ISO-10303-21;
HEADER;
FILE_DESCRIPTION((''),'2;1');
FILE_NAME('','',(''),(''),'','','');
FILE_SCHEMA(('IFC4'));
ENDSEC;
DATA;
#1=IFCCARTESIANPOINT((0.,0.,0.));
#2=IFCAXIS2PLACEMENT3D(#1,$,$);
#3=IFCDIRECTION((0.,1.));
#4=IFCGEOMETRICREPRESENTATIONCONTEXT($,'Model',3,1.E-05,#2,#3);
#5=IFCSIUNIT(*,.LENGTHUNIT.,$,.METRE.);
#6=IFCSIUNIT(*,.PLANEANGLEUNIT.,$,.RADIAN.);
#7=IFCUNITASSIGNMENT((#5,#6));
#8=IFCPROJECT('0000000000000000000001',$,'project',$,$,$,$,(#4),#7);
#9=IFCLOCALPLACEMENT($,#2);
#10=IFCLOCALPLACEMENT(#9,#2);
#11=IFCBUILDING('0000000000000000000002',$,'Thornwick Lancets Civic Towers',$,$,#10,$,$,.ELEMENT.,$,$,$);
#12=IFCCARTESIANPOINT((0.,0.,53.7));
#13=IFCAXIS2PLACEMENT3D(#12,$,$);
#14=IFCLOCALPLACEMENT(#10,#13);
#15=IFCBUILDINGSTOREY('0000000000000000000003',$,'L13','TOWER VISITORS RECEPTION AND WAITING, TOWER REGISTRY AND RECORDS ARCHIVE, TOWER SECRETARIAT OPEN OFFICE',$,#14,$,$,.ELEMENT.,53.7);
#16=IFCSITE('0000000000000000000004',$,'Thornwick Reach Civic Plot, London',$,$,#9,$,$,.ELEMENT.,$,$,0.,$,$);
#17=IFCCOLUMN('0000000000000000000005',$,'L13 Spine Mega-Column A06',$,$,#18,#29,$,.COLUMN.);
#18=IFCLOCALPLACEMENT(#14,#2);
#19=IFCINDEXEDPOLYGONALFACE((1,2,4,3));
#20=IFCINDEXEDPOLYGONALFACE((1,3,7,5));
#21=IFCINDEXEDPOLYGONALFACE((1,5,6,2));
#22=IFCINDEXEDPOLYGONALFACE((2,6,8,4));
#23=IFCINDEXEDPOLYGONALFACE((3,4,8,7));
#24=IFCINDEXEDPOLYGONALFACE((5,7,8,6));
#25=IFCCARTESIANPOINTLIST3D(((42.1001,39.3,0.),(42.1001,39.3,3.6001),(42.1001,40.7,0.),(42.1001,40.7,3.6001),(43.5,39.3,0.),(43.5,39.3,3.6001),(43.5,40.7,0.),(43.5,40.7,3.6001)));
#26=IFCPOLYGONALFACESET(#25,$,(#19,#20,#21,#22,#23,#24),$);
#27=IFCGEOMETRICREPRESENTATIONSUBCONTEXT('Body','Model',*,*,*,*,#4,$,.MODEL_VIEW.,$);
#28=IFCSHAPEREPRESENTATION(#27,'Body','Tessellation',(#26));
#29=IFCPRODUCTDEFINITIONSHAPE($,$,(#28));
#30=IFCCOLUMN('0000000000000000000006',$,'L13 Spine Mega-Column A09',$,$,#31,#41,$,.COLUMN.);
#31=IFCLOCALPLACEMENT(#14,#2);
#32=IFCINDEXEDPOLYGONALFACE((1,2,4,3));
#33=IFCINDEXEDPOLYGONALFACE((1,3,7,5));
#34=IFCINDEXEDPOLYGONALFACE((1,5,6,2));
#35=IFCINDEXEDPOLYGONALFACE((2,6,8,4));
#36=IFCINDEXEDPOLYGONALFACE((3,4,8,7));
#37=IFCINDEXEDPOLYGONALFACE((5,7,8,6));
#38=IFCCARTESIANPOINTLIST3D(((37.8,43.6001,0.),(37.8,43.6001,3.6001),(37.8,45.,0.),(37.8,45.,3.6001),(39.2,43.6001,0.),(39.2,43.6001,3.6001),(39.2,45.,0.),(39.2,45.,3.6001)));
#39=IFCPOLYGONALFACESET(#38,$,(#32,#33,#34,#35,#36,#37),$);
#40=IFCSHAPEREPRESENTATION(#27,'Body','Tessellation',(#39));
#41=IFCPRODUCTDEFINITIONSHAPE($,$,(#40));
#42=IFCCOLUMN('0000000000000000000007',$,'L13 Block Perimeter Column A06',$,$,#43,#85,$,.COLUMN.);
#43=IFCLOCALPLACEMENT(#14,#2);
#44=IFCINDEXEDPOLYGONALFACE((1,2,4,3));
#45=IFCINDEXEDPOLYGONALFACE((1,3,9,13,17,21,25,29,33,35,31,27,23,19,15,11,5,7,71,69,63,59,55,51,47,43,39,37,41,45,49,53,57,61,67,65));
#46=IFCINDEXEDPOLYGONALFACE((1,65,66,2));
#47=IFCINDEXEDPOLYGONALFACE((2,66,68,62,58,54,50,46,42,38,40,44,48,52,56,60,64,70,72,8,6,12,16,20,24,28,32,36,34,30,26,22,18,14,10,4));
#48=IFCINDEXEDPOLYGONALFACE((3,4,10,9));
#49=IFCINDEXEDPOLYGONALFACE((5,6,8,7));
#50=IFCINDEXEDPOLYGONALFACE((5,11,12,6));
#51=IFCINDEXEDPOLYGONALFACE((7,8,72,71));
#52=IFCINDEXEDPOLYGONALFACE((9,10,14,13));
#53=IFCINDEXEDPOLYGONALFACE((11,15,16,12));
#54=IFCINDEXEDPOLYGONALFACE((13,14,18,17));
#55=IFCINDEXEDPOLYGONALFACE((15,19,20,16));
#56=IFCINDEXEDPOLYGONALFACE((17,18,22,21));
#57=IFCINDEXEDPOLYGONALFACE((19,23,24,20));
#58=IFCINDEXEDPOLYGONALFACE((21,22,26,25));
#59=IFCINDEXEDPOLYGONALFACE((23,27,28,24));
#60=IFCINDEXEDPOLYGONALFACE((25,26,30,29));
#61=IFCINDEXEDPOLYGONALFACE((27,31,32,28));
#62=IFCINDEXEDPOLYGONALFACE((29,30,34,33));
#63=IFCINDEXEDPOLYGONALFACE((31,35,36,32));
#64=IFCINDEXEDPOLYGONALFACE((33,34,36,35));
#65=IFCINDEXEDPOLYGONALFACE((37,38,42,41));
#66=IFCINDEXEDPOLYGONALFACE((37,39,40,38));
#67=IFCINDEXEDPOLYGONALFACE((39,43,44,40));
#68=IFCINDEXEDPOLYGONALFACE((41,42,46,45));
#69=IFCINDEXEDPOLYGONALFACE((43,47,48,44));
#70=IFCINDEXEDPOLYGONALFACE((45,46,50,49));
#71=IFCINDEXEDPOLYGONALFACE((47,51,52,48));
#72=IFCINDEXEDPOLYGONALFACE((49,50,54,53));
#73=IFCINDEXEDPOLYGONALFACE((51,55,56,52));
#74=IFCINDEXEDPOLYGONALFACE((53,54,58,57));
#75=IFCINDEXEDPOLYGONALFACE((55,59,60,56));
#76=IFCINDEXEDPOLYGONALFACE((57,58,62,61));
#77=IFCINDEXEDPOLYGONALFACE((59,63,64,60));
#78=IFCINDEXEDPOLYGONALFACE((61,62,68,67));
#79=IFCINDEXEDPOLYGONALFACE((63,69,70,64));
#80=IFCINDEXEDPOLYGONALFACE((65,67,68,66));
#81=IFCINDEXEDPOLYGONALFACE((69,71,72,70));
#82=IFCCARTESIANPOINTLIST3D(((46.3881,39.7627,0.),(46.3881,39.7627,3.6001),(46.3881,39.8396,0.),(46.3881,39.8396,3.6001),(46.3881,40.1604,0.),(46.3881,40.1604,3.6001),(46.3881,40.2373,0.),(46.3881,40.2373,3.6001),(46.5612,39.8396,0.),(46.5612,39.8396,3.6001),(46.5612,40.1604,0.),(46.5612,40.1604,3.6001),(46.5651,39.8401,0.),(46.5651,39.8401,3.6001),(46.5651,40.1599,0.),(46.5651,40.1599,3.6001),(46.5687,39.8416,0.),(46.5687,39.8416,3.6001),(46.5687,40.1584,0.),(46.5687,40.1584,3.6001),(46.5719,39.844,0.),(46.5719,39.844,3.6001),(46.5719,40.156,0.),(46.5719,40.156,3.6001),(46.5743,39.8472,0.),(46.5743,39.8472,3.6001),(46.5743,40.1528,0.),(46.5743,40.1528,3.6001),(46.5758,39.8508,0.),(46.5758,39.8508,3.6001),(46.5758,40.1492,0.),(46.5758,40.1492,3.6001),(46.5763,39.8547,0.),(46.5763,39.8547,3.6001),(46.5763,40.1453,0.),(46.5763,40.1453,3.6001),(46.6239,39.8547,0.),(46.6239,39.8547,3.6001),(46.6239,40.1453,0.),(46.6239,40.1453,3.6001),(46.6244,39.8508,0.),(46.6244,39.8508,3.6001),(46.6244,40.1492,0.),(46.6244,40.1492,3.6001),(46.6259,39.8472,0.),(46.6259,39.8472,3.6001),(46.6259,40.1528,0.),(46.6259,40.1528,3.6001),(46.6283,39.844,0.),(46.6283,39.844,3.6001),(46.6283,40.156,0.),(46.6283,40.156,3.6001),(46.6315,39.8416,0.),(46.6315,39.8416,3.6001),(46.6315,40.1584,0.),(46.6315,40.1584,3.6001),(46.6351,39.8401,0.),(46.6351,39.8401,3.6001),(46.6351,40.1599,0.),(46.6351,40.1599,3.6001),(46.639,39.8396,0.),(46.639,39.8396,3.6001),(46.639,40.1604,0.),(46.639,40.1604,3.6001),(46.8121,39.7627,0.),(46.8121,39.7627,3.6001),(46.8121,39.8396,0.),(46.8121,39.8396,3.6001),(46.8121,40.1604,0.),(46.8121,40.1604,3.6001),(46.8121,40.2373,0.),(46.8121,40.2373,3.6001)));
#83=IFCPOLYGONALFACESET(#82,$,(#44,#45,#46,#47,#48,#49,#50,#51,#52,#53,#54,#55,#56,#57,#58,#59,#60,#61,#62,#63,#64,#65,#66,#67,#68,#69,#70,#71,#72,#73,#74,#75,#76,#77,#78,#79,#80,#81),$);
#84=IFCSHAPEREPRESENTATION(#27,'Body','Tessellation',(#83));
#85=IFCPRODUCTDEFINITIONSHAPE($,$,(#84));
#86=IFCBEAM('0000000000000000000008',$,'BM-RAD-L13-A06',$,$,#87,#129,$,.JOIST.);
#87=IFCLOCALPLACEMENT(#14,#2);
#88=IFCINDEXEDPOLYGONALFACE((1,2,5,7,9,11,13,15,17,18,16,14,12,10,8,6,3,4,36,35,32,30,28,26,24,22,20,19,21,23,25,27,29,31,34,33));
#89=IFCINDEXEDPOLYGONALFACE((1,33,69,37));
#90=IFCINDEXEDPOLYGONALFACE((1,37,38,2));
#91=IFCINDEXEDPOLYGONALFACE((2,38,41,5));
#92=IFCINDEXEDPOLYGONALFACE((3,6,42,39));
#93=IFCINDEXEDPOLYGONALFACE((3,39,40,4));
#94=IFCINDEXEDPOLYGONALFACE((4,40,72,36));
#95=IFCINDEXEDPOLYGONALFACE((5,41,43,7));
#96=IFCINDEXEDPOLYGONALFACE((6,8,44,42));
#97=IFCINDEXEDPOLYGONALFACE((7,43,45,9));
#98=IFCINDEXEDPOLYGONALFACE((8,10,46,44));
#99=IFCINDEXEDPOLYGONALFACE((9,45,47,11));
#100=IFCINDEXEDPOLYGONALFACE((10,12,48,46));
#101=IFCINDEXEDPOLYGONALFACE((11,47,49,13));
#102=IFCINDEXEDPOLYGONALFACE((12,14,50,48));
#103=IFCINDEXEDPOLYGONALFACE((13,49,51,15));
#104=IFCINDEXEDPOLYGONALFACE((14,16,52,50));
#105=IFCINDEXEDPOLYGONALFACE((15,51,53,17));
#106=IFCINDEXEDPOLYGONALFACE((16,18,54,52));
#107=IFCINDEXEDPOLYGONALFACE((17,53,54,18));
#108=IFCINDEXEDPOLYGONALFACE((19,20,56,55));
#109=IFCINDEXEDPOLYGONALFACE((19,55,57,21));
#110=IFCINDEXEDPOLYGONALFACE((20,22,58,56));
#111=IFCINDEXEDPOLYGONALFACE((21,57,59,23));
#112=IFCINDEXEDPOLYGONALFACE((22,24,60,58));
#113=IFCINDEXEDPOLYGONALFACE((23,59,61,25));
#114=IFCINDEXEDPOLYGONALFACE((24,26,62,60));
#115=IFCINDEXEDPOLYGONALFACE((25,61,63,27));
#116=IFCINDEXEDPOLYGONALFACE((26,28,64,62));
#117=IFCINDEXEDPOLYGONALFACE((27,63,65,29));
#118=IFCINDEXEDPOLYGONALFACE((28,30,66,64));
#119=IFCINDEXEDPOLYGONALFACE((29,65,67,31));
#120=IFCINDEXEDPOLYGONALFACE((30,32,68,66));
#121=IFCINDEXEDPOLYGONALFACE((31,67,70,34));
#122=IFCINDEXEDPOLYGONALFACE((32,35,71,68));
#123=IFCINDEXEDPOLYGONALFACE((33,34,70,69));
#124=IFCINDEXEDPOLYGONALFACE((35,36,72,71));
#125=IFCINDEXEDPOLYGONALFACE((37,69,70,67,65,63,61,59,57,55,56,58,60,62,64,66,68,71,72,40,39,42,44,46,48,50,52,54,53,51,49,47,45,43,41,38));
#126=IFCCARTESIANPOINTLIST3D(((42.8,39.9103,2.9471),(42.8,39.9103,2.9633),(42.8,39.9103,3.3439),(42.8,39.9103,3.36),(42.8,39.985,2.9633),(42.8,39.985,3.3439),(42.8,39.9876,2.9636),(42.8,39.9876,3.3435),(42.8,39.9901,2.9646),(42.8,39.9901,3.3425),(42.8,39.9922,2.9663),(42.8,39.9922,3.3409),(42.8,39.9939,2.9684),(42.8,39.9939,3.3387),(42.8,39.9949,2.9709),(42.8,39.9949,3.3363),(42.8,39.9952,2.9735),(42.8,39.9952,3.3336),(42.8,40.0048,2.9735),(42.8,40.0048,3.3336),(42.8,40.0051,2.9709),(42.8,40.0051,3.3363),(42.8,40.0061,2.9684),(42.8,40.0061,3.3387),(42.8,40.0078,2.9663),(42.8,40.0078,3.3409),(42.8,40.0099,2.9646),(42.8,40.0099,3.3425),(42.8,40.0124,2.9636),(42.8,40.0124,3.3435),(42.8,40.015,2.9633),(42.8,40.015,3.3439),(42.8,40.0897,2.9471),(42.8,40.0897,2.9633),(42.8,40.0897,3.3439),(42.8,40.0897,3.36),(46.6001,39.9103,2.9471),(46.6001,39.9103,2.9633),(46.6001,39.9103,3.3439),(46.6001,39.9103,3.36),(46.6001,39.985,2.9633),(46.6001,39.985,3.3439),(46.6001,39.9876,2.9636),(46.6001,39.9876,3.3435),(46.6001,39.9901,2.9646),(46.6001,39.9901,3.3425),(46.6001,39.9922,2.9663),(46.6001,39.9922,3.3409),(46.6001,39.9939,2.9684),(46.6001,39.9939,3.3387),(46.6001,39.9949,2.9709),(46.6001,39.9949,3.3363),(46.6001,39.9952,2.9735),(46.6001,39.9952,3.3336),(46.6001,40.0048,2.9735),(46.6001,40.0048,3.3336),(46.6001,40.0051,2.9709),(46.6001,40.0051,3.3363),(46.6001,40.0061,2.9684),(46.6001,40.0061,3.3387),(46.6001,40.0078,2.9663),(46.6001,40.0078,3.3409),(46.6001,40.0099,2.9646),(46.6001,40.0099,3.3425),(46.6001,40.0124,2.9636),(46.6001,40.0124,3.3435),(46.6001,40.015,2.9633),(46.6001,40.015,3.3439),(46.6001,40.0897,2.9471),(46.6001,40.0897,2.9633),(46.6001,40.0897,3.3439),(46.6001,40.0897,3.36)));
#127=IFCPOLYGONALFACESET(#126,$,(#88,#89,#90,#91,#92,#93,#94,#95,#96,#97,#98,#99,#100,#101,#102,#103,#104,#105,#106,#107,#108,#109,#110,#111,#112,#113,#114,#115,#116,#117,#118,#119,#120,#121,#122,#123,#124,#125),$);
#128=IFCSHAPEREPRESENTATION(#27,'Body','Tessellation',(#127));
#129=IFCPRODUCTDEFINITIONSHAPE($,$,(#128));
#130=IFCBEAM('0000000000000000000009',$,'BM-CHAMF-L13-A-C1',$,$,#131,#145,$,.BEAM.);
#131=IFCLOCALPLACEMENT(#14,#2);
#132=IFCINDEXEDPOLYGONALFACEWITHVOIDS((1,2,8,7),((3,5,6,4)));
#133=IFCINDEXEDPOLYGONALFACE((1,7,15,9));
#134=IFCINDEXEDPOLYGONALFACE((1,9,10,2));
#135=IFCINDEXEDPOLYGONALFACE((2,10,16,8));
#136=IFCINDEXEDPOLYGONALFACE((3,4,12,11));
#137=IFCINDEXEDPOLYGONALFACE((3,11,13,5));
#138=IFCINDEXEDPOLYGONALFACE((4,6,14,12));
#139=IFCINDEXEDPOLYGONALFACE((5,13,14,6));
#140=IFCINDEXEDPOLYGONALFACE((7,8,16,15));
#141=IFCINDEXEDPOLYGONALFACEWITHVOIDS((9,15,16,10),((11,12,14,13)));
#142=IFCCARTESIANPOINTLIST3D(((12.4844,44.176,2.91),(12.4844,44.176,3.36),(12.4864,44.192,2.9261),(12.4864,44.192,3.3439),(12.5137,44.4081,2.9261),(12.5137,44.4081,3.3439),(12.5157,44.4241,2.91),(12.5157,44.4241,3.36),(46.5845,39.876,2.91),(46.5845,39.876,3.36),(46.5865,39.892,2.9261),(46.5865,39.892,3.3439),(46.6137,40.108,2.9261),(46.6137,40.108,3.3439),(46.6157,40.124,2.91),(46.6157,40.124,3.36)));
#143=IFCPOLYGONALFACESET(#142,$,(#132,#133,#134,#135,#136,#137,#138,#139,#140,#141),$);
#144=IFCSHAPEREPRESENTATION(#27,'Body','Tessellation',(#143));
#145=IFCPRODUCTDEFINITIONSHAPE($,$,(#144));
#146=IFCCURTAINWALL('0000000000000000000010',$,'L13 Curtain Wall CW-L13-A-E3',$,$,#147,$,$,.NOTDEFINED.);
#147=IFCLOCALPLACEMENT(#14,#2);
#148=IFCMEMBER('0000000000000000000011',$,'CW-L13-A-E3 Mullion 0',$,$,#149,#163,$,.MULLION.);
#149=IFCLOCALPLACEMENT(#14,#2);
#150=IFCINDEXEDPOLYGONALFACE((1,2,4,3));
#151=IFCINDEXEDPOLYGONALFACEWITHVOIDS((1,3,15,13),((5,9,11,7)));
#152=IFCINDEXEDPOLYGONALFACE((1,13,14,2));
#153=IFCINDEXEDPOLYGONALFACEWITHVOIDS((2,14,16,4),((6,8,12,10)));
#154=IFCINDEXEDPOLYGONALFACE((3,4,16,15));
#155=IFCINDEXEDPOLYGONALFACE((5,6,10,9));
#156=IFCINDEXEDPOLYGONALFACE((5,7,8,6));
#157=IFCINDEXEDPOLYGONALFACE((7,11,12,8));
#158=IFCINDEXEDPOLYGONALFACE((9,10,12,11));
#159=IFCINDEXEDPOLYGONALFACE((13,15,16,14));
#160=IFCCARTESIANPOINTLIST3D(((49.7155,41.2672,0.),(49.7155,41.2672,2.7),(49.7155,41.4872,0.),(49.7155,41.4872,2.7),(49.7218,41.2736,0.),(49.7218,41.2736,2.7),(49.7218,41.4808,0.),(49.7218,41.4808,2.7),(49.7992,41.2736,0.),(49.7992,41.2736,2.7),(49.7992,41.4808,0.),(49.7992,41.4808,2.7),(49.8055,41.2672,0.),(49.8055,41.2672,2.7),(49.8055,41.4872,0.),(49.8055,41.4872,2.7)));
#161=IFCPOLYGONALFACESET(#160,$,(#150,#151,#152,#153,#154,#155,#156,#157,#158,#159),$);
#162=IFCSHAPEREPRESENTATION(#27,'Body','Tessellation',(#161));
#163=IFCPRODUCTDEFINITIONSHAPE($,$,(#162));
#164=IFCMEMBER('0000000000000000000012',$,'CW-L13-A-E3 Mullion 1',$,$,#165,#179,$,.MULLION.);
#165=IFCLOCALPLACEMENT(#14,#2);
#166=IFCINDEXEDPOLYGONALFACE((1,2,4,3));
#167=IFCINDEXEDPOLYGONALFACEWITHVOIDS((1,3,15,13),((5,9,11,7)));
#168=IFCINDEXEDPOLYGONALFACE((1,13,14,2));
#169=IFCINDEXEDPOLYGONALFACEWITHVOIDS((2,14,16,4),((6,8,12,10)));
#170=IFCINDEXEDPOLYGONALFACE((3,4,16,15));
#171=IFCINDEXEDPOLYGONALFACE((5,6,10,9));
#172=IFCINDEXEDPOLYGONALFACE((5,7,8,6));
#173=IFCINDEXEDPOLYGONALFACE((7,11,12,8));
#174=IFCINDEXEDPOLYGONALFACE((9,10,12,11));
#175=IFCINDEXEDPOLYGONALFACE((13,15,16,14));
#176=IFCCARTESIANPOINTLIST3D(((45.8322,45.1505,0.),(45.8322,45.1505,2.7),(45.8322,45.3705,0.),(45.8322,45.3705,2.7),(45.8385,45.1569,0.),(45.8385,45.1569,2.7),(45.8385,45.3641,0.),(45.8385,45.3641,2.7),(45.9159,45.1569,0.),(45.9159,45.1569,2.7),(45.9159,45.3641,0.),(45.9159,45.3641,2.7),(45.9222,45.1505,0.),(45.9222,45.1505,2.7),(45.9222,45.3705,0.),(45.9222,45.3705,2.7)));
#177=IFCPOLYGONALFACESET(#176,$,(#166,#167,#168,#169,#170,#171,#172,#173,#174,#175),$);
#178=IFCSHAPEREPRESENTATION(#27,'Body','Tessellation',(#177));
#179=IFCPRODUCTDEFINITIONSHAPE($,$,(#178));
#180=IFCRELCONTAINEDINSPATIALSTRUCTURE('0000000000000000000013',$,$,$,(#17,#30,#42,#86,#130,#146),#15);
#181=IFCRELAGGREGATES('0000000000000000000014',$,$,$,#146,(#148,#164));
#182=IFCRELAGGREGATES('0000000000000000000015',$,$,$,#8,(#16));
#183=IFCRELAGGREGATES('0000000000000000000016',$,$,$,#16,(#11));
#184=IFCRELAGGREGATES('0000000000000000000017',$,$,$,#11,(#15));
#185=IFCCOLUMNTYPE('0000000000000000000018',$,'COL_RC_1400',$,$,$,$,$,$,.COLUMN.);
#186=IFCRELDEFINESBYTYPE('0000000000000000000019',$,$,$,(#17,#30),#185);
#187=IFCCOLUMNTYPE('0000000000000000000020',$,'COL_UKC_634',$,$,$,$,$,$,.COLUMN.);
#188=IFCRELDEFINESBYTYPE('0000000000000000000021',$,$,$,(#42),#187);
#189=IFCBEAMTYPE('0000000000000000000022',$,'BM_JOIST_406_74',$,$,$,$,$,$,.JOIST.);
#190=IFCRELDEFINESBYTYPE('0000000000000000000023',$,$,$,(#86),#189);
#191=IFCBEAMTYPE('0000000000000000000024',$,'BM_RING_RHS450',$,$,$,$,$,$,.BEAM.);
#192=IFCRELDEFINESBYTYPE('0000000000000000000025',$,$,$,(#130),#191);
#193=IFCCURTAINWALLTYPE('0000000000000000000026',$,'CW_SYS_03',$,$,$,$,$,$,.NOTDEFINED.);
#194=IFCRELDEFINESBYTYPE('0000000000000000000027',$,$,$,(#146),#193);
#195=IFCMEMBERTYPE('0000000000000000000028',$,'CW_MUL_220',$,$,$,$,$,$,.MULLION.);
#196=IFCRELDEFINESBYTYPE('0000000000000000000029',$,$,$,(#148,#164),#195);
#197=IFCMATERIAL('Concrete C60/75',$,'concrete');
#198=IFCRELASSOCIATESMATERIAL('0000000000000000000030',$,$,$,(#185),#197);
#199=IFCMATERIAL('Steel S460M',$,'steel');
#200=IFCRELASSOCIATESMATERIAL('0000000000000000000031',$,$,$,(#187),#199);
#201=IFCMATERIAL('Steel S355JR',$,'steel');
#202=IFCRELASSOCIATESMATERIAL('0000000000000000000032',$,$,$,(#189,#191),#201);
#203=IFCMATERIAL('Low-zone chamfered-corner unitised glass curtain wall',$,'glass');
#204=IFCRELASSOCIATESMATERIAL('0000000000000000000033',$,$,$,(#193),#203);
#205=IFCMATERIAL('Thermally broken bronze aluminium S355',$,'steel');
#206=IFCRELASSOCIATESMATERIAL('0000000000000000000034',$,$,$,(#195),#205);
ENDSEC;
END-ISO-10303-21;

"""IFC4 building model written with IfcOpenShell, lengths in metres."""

from ifc_helpers import new_model, si_unit, direction, frame, origin, origin_2d, place, context, subcontext, project, spatial, rectangle, hollow_rectangle, i_section, extrude, material, material_profile, profile_set, type_object, element, aggregate, save


model = new_model("IFC4")

# Units and contexts
model_context = context("Model", 3, precision=1e-05, world=origin(), true_north=direction((0.0, 1.0)))
body_context = subcontext(model_context, "Body", "Model", "MODEL_VIEW")
ifc_project = project(units=[si_unit("LENGTHUNIT", "METRE"), si_unit("PLANEANGLEUNIT", "RADIAN")], contexts=[model_context])

# Site, building, storey
site_placement = place(None, origin())
site = spatial("IfcSite", under=ifc_project, at=site_placement, Name="Thornwick Reach Civic Plot, London", CompositionType="ELEMENT", RefElevation=0.0)
building_placement = place(site_placement, origin())
building = spatial("IfcBuilding", under=site, at=building_placement, Name="Thornwick Lancets Civic Towers", CompositionType="ELEMENT")
storey_placement = place(building_placement, frame((0.0, 0.0, 53.7)))
storey = spatial("IfcBuildingStorey", under=building, at=storey_placement, Name="L13", Description="TOWER VISITORS RECEPTION AND WAITING, TOWER REGISTRY AND RECORDS ARCHIVE, TOWER SECRETARIAT OPEN OFFICE", CompositionType="ELEMENT", Elevation=53.7)

# Columns
ifc_material_1 = material(Name="Concrete C60/75", Category="concrete")
ifc_material_profile_1 = material_profile(ifc_material_1, rectangle(XDim=1.3999, YDim=1.3999, at=origin_2d()), Name="RC 1400x1400")
ifc_profile_set_1 = profile_set([ifc_material_profile_1], Name="Concrete C60/75")
column_type_1 = type_object("IfcColumnType", Name="COL_RC_1400", PredefinedType="COLUMN", material=ifc_profile_set_1)
for number, where, z_axis, x_axis, name in (
    (1, (42.8, 40.0, 0.0), (0.0, 0.0, 1.0), (1.0, 0.0, 0.0), "L13 Spine Mega-Column A06"),
    (2, (38.5, 44.3, 0.0), (0.0, 0.0, 1.0), (1.0, 0.0, 0.0), "L13 Spine Mega-Column A09"),
):
    element("IfcColumn", number, at=place(storey_placement, frame(where, z_axis=z_axis, x_axis=x_axis)), inside=storey, type_object=column_type_1, Name=name, PredefinedType="COLUMN", context=body_context, shape_type="SweptSolid", body=[
        extrude(rectangle(XDim=1.3999, YDim=1.3999, at=origin_2d()), origin(), (0.0, 0.0, 1.0), 3.6001),
    ])
ifc_material_2 = material(Name="Steel S460M", Category="steel")
ifc_material_profile_2 = material_profile(ifc_material_2, i_section(OverallWidth=0.4241, OverallDepth=0.4746, WebThickness=0.0476, FlangeThickness=0.0769, FilletRadius=0.0151, at=origin_2d()), Name="UKC 356x406x634")
ifc_profile_set_2 = profile_set([ifc_material_profile_2], Name="Steel S460M")
column_type_2 = type_object("IfcColumnType", Name="COL_UKC_634", PredefinedType="COLUMN", material=ifc_profile_set_2)
column_placement = place(storey_placement, frame((46.6001, 40.0, 0.0), z_axis=(0.0, 0.0, 1.0), x_axis=(1.0, 0.0, 0.0)))
element("IfcColumn", 3, at=column_placement, inside=storey, type_object=column_type_2, Name="L13 Block Perimeter Column A06", PredefinedType="COLUMN", context=body_context, shape_type="SweptSolid", body=[
    extrude(i_section(OverallWidth=0.4241, OverallDepth=0.4746, WebThickness=0.0476, FlangeThickness=0.0769, FilletRadius=0.0151, at=origin_2d()), origin(), (0.0, 0.0, 1.0), 3.6001),
])

# Beams
ifc_material_3 = material(Name="Steel S355JR", Category="steel")
ifc_material_profile_3 = material_profile(ifc_material_3, i_section(OverallWidth=0.1794, OverallDepth=0.4128, WebThickness=0.0095, FlangeThickness=0.0161, FilletRadius=0.0103, at=origin_2d()), Name="UKB 406x178x74")
ifc_profile_set_3 = profile_set([ifc_material_profile_3], Name="Steel S355JR")
beam_type_1 = type_object("IfcBeamType", Name="BM_JOIST_406_74", PredefinedType="JOIST", material=ifc_profile_set_3)
beam_1_placement = place(storey_placement, frame((42.8, 40.0, 3.1536), z_axis=(1.0, 0.0, 0.0), x_axis=(0.0, 1.0, 0.0)))
element("IfcBeam", 4, at=beam_1_placement, inside=storey, type_object=beam_type_1, Name="BM-RAD-L13-A06", PredefinedType="JOIST", context=body_context, shape_type="SweptSolid", body=[
    extrude(i_section(OverallWidth=0.1794, OverallDepth=0.4128, WebThickness=0.0095, FlangeThickness=0.0161, FilletRadius=0.0103, at=origin_2d()), origin(), (0.0, 0.0, 1.0), 3.8),
])
ifc_material_profile_4 = material_profile(ifc_material_3, hollow_rectangle(XDim=0.25, YDim=0.45, WallThickness=0.0161, at=origin_2d()), Name="RHS 450x250x16")
ifc_profile_set_4 = profile_set([ifc_material_profile_4], Name="Steel S355JR")
beam_type_2 = type_object("IfcBeamType", Name="BM_RING_RHS450", PredefinedType="BEAM", material=ifc_profile_set_4)
beam_2_placement = place(storey_placement, frame((46.6001, 40.0, 3.135), z_axis=(-0.992143, 0.12511, 0.0), x_axis=(-0.12511, -0.992143, 0.0)))
element("IfcBeam", 5, at=beam_2_placement, inside=storey, type_object=beam_type_2, Name="BM-CHAMF-L13-A-C1", PredefinedType="BEAM", context=body_context, shape_type="SweptSolid", body=[
    extrude(hollow_rectangle(XDim=0.25, YDim=0.45, WallThickness=0.0161, at=origin_2d()), origin(), (0.0, 0.0, 1.0), 34.3701),
])

# Curtain wall, members
ifc_material_4 = material(Name="Low-zone chamfered-corner unitised glass curtain wall", Category="glass")
curtain_wall_type = type_object("IfcCurtainWallType", Name="CW_SYS_03", PredefinedType="NOTDEFINED", material=ifc_material_4)
curtain_wall_placement = place(storey_placement, origin())
curtain_wall = element("IfcCurtainWall", 6, at=curtain_wall_placement, inside=storey, type_object=curtain_wall_type, Name="L13 Curtain Wall CW-L13-A-E3", PredefinedType="NOTDEFINED")
ifc_material_5 = material(Name="Thermally broken bronze aluminium S355", Category="steel")
ifc_material_profile_5 = material_profile(ifc_material_5, hollow_rectangle(XDim=0.0901, YDim=0.22, WallThickness=0.0063, at=origin_2d()), Name="RHS 220x90x6.3")
ifc_profile_set_5 = profile_set([ifc_material_profile_5], Name="Thermally broken bronze aluminium S355")
member_type_1 = type_object("IfcMemberType", Name="CW_MUL_220", PredefinedType="MULLION", material=ifc_profile_set_5)
member_1_placement = place(storey_placement, frame((49.7605, 41.3772, 0.0), z_axis=(0.0, 0.0, 1.0), x_axis=(1.0, 0.0, 0.0)))
member_1 = element("IfcMember", 7, at=member_1_placement, type_object=member_type_1, Name="CW-L13-A-E3 Mullion 0", PredefinedType="MULLION", context=body_context, shape_type="SweptSolid", body=[
    extrude(hollow_rectangle(XDim=0.0901, YDim=0.22, WallThickness=0.0063, at=origin_2d()), origin(), (0.0, 0.0, 1.0), 2.7),
])
member_2_placement = place(storey_placement, frame((45.8772, 45.2605, 0.0), z_axis=(0.0, 0.0, 1.0), x_axis=(1.0, 0.0, 0.0)))
member_2 = element("IfcMember", 8, at=member_2_placement, type_object=member_type_1, Name="CW-L13-A-E3 Mullion 1", PredefinedType="MULLION", context=body_context, shape_type="SweptSolid", body=[
    extrude(hollow_rectangle(XDim=0.0901, YDim=0.22, WallThickness=0.0063, at=origin_2d()), origin(), (0.0, 0.0, 1.0), 2.7),
])
aggregate(curtain_wall, [member_1, member_2])

save(model, "model.ifc")
